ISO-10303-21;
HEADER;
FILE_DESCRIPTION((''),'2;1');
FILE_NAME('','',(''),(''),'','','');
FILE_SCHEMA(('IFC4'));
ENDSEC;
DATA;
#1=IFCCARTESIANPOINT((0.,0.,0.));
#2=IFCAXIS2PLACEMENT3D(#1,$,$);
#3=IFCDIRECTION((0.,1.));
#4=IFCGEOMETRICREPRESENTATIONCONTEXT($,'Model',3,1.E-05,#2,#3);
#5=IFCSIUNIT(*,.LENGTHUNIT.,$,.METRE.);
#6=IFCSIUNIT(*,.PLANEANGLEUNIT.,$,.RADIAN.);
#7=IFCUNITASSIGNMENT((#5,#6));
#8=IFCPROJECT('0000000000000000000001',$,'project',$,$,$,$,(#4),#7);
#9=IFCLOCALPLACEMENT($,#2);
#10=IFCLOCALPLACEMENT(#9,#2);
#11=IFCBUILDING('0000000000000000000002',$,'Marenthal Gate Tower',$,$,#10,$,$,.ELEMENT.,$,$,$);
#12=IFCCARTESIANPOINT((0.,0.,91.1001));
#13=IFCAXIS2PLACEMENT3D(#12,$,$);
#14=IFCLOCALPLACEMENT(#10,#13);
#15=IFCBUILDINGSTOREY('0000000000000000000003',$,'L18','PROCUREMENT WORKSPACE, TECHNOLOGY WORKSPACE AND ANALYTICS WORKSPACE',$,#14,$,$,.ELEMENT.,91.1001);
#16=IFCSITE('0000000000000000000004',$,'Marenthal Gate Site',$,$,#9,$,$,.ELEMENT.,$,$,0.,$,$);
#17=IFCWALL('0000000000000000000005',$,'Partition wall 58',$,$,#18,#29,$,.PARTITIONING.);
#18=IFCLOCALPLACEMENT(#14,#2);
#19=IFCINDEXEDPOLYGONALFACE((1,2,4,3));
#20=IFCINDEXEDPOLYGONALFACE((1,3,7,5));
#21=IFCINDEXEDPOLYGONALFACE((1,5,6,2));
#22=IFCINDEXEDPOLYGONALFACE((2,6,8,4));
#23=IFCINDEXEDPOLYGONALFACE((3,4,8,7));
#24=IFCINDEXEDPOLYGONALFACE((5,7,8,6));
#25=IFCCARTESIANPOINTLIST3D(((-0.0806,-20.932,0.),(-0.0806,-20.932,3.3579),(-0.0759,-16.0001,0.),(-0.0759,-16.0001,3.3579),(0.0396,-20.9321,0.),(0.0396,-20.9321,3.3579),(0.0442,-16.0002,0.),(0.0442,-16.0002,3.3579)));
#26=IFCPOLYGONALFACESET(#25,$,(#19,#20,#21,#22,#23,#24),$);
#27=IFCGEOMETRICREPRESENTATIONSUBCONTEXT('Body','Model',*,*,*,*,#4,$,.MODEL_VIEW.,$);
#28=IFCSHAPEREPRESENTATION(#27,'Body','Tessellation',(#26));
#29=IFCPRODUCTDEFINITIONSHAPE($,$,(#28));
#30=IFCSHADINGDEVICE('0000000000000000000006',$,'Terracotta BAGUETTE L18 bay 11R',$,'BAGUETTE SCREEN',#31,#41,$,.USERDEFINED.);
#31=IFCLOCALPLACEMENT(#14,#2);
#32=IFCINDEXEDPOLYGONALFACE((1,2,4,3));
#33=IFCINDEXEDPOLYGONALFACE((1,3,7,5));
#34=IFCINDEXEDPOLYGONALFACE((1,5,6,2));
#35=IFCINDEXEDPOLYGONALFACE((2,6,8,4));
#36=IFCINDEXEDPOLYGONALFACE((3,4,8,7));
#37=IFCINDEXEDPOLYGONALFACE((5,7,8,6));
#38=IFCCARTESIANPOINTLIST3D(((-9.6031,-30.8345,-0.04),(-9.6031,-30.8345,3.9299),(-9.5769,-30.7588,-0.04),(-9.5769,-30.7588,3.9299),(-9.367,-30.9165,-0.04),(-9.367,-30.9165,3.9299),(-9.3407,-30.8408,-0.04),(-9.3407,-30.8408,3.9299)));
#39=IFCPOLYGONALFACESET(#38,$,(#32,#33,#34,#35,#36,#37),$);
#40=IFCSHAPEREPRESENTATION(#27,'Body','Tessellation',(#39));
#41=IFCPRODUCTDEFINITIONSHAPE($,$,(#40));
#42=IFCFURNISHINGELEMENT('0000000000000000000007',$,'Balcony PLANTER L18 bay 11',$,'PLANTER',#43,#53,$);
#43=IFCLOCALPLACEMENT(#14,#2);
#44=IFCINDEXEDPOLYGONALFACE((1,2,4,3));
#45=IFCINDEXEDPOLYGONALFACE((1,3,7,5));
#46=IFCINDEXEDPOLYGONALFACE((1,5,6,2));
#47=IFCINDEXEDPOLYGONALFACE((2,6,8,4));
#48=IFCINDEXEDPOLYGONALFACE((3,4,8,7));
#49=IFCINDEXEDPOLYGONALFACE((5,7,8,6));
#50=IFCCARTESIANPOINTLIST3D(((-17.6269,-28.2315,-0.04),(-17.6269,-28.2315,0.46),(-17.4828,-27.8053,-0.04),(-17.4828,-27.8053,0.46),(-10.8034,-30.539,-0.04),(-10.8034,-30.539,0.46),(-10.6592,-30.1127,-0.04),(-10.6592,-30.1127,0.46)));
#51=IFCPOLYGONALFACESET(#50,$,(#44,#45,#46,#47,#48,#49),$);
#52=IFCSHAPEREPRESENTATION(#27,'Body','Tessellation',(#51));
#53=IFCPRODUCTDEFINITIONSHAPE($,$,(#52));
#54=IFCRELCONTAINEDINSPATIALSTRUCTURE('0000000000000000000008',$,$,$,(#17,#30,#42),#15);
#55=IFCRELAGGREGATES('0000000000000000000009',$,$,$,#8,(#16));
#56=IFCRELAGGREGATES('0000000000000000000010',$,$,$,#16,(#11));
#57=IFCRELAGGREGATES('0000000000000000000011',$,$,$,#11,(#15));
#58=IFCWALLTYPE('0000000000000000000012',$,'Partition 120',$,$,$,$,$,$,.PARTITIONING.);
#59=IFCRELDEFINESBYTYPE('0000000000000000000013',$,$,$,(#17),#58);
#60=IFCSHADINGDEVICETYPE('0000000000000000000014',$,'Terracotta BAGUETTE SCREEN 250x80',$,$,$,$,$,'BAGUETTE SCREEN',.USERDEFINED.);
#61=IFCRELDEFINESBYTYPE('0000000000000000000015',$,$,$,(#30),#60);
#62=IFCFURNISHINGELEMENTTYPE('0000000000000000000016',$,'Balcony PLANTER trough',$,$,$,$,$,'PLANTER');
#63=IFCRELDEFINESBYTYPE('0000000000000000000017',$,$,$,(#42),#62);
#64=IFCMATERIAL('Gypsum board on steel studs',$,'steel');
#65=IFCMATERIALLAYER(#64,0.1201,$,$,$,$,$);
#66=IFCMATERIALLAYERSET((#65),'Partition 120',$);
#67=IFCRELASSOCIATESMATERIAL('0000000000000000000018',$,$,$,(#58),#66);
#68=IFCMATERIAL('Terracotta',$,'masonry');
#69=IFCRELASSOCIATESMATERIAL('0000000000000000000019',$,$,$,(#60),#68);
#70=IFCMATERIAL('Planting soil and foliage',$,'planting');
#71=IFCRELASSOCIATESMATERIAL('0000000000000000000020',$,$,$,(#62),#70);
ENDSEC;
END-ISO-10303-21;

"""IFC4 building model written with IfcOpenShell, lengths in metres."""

from ifc_helpers import new_model, si_unit, direction, frame, frame_2d, origin, origin_2d, place, context, subcontext, project, spatial, rectangle, extrude, material, layer, layer_set, material_profile, profile_set, type_object, element, save


model = new_model("IFC4")

# Units and contexts
model_context = context("Model", 3, precision=1e-05, world=origin(), true_north=direction((0.0, 1.0)))
body_context = subcontext(model_context, "Body", "Model", "MODEL_VIEW")
ifc_project = project(units=[si_unit("LENGTHUNIT", "METRE"), si_unit("PLANEANGLEUNIT", "RADIAN")], contexts=[model_context])

# Site, building, storey
site_placement = place(None, origin())
site = spatial("IfcSite", under=ifc_project, at=site_placement, Name="Marenthal Gate Site", CompositionType="ELEMENT", RefElevation=0.0)
building_placement = place(site_placement, origin())
building = spatial("IfcBuilding", under=site, at=building_placement, Name="Marenthal Gate Tower", CompositionType="ELEMENT")
storey_placement = place(building_placement, frame((0.0, 0.0, 91.1001)))
storey = spatial("IfcBuildingStorey", under=building, at=storey_placement, Name="L18", Description="PROCUREMENT WORKSPACE, TECHNOLOGY WORKSPACE AND ANALYTICS WORKSPACE", CompositionType="ELEMENT", Elevation=91.1001)

# Wall
ifc_material_1 = material(Name="Gypsum board on steel studs", Category="steel")
ifc_layer_1 = layer(ifc_material_1, 0.1201)
ifc_layer_set_1 = layer_set([ifc_layer_1], Name="Partition 120")
wall_type = type_object("IfcWallType", Name="Partition 120", PredefinedType="PARTITIONING", material=ifc_layer_set_1)
wall_1_placement = place(storey_placement, frame((-0.0205, -20.9319, 0.0), z_axis=(0.0, 0.0, 1.0), x_axis=(0.000941, 1.0, 0.0)))
element("IfcWall", 1, at=wall_1_placement, inside=storey, type_object=wall_type, Name="Partition wall 58", PredefinedType="PARTITIONING", context=body_context, shape_type="SweptSolid", body=[
    extrude(rectangle(XDim=4.9319, YDim=0.1201, at=frame_2d((2.4658, 0.0))), origin(), (0.0, 0.0, 1.0), 3.3579),
])

# Shading device
ifc_material_2 = material(Name="Terracotta", Category="masonry")
ifc_material_profile_1 = material_profile(ifc_material_2, rectangle(XDim=0.25, YDim=0.0801, at=origin_2d()), Name="Terracotta baguette 250x80")
ifc_profile_set_1 = profile_set([ifc_material_profile_1], Name="Terracotta")
shading_device_type = type_object("IfcShadingDeviceType", Name="Terracotta BAGUETTE SCREEN 250x80", ElementType="BAGUETTE SCREEN", PredefinedType="USERDEFINED", material=ifc_profile_set_1)
shading_device_placement = place(storey_placement, frame((-9.4719, -30.8376, -0.04), z_axis=(0.0, 0.0, 1.0), x_axis=(0.944634, -0.328125, 0.0)))
element("IfcShadingDevice", 2, at=shading_device_placement, inside=storey, type_object=shading_device_type, Name="Terracotta BAGUETTE L18 bay 11R", ObjectType="BAGUETTE SCREEN", PredefinedType="USERDEFINED", context=body_context, shape_type="SweptSolid", body=[
    extrude(rectangle(XDim=0.25, YDim=0.0801, at=origin_2d()), origin(), (0.0, 0.0, 1.0), 3.97),
])

# Furnishing element
ifc_material_3 = material(Name="Planting soil and foliage", Category="planting")
furnishing_element_type = type_object("IfcFurnishingElementType", Name="Balcony PLANTER trough", ElementType="PLANTER", material=ifc_material_3)
furnishing_placement = place(storey_placement, frame((-14.1431, -29.1721, -0.04), z_axis=(0.0, 0.0, 1.0), x_axis=(0.947302, -0.320343, 0.0)))
element("IfcFurnishingElement", 3, at=furnishing_placement, inside=storey, type_object=furnishing_element_type, Name="Balcony PLANTER L18 bay 11", ObjectType="PLANTER", context=body_context, shape_type="SweptSolid", body=[
    extrude(rectangle(XDim=7.2031, YDim=0.45, at=origin_2d()), origin(), (0.0, 0.0, 1.0), 0.5),
])

save(model, "model.ifc")
